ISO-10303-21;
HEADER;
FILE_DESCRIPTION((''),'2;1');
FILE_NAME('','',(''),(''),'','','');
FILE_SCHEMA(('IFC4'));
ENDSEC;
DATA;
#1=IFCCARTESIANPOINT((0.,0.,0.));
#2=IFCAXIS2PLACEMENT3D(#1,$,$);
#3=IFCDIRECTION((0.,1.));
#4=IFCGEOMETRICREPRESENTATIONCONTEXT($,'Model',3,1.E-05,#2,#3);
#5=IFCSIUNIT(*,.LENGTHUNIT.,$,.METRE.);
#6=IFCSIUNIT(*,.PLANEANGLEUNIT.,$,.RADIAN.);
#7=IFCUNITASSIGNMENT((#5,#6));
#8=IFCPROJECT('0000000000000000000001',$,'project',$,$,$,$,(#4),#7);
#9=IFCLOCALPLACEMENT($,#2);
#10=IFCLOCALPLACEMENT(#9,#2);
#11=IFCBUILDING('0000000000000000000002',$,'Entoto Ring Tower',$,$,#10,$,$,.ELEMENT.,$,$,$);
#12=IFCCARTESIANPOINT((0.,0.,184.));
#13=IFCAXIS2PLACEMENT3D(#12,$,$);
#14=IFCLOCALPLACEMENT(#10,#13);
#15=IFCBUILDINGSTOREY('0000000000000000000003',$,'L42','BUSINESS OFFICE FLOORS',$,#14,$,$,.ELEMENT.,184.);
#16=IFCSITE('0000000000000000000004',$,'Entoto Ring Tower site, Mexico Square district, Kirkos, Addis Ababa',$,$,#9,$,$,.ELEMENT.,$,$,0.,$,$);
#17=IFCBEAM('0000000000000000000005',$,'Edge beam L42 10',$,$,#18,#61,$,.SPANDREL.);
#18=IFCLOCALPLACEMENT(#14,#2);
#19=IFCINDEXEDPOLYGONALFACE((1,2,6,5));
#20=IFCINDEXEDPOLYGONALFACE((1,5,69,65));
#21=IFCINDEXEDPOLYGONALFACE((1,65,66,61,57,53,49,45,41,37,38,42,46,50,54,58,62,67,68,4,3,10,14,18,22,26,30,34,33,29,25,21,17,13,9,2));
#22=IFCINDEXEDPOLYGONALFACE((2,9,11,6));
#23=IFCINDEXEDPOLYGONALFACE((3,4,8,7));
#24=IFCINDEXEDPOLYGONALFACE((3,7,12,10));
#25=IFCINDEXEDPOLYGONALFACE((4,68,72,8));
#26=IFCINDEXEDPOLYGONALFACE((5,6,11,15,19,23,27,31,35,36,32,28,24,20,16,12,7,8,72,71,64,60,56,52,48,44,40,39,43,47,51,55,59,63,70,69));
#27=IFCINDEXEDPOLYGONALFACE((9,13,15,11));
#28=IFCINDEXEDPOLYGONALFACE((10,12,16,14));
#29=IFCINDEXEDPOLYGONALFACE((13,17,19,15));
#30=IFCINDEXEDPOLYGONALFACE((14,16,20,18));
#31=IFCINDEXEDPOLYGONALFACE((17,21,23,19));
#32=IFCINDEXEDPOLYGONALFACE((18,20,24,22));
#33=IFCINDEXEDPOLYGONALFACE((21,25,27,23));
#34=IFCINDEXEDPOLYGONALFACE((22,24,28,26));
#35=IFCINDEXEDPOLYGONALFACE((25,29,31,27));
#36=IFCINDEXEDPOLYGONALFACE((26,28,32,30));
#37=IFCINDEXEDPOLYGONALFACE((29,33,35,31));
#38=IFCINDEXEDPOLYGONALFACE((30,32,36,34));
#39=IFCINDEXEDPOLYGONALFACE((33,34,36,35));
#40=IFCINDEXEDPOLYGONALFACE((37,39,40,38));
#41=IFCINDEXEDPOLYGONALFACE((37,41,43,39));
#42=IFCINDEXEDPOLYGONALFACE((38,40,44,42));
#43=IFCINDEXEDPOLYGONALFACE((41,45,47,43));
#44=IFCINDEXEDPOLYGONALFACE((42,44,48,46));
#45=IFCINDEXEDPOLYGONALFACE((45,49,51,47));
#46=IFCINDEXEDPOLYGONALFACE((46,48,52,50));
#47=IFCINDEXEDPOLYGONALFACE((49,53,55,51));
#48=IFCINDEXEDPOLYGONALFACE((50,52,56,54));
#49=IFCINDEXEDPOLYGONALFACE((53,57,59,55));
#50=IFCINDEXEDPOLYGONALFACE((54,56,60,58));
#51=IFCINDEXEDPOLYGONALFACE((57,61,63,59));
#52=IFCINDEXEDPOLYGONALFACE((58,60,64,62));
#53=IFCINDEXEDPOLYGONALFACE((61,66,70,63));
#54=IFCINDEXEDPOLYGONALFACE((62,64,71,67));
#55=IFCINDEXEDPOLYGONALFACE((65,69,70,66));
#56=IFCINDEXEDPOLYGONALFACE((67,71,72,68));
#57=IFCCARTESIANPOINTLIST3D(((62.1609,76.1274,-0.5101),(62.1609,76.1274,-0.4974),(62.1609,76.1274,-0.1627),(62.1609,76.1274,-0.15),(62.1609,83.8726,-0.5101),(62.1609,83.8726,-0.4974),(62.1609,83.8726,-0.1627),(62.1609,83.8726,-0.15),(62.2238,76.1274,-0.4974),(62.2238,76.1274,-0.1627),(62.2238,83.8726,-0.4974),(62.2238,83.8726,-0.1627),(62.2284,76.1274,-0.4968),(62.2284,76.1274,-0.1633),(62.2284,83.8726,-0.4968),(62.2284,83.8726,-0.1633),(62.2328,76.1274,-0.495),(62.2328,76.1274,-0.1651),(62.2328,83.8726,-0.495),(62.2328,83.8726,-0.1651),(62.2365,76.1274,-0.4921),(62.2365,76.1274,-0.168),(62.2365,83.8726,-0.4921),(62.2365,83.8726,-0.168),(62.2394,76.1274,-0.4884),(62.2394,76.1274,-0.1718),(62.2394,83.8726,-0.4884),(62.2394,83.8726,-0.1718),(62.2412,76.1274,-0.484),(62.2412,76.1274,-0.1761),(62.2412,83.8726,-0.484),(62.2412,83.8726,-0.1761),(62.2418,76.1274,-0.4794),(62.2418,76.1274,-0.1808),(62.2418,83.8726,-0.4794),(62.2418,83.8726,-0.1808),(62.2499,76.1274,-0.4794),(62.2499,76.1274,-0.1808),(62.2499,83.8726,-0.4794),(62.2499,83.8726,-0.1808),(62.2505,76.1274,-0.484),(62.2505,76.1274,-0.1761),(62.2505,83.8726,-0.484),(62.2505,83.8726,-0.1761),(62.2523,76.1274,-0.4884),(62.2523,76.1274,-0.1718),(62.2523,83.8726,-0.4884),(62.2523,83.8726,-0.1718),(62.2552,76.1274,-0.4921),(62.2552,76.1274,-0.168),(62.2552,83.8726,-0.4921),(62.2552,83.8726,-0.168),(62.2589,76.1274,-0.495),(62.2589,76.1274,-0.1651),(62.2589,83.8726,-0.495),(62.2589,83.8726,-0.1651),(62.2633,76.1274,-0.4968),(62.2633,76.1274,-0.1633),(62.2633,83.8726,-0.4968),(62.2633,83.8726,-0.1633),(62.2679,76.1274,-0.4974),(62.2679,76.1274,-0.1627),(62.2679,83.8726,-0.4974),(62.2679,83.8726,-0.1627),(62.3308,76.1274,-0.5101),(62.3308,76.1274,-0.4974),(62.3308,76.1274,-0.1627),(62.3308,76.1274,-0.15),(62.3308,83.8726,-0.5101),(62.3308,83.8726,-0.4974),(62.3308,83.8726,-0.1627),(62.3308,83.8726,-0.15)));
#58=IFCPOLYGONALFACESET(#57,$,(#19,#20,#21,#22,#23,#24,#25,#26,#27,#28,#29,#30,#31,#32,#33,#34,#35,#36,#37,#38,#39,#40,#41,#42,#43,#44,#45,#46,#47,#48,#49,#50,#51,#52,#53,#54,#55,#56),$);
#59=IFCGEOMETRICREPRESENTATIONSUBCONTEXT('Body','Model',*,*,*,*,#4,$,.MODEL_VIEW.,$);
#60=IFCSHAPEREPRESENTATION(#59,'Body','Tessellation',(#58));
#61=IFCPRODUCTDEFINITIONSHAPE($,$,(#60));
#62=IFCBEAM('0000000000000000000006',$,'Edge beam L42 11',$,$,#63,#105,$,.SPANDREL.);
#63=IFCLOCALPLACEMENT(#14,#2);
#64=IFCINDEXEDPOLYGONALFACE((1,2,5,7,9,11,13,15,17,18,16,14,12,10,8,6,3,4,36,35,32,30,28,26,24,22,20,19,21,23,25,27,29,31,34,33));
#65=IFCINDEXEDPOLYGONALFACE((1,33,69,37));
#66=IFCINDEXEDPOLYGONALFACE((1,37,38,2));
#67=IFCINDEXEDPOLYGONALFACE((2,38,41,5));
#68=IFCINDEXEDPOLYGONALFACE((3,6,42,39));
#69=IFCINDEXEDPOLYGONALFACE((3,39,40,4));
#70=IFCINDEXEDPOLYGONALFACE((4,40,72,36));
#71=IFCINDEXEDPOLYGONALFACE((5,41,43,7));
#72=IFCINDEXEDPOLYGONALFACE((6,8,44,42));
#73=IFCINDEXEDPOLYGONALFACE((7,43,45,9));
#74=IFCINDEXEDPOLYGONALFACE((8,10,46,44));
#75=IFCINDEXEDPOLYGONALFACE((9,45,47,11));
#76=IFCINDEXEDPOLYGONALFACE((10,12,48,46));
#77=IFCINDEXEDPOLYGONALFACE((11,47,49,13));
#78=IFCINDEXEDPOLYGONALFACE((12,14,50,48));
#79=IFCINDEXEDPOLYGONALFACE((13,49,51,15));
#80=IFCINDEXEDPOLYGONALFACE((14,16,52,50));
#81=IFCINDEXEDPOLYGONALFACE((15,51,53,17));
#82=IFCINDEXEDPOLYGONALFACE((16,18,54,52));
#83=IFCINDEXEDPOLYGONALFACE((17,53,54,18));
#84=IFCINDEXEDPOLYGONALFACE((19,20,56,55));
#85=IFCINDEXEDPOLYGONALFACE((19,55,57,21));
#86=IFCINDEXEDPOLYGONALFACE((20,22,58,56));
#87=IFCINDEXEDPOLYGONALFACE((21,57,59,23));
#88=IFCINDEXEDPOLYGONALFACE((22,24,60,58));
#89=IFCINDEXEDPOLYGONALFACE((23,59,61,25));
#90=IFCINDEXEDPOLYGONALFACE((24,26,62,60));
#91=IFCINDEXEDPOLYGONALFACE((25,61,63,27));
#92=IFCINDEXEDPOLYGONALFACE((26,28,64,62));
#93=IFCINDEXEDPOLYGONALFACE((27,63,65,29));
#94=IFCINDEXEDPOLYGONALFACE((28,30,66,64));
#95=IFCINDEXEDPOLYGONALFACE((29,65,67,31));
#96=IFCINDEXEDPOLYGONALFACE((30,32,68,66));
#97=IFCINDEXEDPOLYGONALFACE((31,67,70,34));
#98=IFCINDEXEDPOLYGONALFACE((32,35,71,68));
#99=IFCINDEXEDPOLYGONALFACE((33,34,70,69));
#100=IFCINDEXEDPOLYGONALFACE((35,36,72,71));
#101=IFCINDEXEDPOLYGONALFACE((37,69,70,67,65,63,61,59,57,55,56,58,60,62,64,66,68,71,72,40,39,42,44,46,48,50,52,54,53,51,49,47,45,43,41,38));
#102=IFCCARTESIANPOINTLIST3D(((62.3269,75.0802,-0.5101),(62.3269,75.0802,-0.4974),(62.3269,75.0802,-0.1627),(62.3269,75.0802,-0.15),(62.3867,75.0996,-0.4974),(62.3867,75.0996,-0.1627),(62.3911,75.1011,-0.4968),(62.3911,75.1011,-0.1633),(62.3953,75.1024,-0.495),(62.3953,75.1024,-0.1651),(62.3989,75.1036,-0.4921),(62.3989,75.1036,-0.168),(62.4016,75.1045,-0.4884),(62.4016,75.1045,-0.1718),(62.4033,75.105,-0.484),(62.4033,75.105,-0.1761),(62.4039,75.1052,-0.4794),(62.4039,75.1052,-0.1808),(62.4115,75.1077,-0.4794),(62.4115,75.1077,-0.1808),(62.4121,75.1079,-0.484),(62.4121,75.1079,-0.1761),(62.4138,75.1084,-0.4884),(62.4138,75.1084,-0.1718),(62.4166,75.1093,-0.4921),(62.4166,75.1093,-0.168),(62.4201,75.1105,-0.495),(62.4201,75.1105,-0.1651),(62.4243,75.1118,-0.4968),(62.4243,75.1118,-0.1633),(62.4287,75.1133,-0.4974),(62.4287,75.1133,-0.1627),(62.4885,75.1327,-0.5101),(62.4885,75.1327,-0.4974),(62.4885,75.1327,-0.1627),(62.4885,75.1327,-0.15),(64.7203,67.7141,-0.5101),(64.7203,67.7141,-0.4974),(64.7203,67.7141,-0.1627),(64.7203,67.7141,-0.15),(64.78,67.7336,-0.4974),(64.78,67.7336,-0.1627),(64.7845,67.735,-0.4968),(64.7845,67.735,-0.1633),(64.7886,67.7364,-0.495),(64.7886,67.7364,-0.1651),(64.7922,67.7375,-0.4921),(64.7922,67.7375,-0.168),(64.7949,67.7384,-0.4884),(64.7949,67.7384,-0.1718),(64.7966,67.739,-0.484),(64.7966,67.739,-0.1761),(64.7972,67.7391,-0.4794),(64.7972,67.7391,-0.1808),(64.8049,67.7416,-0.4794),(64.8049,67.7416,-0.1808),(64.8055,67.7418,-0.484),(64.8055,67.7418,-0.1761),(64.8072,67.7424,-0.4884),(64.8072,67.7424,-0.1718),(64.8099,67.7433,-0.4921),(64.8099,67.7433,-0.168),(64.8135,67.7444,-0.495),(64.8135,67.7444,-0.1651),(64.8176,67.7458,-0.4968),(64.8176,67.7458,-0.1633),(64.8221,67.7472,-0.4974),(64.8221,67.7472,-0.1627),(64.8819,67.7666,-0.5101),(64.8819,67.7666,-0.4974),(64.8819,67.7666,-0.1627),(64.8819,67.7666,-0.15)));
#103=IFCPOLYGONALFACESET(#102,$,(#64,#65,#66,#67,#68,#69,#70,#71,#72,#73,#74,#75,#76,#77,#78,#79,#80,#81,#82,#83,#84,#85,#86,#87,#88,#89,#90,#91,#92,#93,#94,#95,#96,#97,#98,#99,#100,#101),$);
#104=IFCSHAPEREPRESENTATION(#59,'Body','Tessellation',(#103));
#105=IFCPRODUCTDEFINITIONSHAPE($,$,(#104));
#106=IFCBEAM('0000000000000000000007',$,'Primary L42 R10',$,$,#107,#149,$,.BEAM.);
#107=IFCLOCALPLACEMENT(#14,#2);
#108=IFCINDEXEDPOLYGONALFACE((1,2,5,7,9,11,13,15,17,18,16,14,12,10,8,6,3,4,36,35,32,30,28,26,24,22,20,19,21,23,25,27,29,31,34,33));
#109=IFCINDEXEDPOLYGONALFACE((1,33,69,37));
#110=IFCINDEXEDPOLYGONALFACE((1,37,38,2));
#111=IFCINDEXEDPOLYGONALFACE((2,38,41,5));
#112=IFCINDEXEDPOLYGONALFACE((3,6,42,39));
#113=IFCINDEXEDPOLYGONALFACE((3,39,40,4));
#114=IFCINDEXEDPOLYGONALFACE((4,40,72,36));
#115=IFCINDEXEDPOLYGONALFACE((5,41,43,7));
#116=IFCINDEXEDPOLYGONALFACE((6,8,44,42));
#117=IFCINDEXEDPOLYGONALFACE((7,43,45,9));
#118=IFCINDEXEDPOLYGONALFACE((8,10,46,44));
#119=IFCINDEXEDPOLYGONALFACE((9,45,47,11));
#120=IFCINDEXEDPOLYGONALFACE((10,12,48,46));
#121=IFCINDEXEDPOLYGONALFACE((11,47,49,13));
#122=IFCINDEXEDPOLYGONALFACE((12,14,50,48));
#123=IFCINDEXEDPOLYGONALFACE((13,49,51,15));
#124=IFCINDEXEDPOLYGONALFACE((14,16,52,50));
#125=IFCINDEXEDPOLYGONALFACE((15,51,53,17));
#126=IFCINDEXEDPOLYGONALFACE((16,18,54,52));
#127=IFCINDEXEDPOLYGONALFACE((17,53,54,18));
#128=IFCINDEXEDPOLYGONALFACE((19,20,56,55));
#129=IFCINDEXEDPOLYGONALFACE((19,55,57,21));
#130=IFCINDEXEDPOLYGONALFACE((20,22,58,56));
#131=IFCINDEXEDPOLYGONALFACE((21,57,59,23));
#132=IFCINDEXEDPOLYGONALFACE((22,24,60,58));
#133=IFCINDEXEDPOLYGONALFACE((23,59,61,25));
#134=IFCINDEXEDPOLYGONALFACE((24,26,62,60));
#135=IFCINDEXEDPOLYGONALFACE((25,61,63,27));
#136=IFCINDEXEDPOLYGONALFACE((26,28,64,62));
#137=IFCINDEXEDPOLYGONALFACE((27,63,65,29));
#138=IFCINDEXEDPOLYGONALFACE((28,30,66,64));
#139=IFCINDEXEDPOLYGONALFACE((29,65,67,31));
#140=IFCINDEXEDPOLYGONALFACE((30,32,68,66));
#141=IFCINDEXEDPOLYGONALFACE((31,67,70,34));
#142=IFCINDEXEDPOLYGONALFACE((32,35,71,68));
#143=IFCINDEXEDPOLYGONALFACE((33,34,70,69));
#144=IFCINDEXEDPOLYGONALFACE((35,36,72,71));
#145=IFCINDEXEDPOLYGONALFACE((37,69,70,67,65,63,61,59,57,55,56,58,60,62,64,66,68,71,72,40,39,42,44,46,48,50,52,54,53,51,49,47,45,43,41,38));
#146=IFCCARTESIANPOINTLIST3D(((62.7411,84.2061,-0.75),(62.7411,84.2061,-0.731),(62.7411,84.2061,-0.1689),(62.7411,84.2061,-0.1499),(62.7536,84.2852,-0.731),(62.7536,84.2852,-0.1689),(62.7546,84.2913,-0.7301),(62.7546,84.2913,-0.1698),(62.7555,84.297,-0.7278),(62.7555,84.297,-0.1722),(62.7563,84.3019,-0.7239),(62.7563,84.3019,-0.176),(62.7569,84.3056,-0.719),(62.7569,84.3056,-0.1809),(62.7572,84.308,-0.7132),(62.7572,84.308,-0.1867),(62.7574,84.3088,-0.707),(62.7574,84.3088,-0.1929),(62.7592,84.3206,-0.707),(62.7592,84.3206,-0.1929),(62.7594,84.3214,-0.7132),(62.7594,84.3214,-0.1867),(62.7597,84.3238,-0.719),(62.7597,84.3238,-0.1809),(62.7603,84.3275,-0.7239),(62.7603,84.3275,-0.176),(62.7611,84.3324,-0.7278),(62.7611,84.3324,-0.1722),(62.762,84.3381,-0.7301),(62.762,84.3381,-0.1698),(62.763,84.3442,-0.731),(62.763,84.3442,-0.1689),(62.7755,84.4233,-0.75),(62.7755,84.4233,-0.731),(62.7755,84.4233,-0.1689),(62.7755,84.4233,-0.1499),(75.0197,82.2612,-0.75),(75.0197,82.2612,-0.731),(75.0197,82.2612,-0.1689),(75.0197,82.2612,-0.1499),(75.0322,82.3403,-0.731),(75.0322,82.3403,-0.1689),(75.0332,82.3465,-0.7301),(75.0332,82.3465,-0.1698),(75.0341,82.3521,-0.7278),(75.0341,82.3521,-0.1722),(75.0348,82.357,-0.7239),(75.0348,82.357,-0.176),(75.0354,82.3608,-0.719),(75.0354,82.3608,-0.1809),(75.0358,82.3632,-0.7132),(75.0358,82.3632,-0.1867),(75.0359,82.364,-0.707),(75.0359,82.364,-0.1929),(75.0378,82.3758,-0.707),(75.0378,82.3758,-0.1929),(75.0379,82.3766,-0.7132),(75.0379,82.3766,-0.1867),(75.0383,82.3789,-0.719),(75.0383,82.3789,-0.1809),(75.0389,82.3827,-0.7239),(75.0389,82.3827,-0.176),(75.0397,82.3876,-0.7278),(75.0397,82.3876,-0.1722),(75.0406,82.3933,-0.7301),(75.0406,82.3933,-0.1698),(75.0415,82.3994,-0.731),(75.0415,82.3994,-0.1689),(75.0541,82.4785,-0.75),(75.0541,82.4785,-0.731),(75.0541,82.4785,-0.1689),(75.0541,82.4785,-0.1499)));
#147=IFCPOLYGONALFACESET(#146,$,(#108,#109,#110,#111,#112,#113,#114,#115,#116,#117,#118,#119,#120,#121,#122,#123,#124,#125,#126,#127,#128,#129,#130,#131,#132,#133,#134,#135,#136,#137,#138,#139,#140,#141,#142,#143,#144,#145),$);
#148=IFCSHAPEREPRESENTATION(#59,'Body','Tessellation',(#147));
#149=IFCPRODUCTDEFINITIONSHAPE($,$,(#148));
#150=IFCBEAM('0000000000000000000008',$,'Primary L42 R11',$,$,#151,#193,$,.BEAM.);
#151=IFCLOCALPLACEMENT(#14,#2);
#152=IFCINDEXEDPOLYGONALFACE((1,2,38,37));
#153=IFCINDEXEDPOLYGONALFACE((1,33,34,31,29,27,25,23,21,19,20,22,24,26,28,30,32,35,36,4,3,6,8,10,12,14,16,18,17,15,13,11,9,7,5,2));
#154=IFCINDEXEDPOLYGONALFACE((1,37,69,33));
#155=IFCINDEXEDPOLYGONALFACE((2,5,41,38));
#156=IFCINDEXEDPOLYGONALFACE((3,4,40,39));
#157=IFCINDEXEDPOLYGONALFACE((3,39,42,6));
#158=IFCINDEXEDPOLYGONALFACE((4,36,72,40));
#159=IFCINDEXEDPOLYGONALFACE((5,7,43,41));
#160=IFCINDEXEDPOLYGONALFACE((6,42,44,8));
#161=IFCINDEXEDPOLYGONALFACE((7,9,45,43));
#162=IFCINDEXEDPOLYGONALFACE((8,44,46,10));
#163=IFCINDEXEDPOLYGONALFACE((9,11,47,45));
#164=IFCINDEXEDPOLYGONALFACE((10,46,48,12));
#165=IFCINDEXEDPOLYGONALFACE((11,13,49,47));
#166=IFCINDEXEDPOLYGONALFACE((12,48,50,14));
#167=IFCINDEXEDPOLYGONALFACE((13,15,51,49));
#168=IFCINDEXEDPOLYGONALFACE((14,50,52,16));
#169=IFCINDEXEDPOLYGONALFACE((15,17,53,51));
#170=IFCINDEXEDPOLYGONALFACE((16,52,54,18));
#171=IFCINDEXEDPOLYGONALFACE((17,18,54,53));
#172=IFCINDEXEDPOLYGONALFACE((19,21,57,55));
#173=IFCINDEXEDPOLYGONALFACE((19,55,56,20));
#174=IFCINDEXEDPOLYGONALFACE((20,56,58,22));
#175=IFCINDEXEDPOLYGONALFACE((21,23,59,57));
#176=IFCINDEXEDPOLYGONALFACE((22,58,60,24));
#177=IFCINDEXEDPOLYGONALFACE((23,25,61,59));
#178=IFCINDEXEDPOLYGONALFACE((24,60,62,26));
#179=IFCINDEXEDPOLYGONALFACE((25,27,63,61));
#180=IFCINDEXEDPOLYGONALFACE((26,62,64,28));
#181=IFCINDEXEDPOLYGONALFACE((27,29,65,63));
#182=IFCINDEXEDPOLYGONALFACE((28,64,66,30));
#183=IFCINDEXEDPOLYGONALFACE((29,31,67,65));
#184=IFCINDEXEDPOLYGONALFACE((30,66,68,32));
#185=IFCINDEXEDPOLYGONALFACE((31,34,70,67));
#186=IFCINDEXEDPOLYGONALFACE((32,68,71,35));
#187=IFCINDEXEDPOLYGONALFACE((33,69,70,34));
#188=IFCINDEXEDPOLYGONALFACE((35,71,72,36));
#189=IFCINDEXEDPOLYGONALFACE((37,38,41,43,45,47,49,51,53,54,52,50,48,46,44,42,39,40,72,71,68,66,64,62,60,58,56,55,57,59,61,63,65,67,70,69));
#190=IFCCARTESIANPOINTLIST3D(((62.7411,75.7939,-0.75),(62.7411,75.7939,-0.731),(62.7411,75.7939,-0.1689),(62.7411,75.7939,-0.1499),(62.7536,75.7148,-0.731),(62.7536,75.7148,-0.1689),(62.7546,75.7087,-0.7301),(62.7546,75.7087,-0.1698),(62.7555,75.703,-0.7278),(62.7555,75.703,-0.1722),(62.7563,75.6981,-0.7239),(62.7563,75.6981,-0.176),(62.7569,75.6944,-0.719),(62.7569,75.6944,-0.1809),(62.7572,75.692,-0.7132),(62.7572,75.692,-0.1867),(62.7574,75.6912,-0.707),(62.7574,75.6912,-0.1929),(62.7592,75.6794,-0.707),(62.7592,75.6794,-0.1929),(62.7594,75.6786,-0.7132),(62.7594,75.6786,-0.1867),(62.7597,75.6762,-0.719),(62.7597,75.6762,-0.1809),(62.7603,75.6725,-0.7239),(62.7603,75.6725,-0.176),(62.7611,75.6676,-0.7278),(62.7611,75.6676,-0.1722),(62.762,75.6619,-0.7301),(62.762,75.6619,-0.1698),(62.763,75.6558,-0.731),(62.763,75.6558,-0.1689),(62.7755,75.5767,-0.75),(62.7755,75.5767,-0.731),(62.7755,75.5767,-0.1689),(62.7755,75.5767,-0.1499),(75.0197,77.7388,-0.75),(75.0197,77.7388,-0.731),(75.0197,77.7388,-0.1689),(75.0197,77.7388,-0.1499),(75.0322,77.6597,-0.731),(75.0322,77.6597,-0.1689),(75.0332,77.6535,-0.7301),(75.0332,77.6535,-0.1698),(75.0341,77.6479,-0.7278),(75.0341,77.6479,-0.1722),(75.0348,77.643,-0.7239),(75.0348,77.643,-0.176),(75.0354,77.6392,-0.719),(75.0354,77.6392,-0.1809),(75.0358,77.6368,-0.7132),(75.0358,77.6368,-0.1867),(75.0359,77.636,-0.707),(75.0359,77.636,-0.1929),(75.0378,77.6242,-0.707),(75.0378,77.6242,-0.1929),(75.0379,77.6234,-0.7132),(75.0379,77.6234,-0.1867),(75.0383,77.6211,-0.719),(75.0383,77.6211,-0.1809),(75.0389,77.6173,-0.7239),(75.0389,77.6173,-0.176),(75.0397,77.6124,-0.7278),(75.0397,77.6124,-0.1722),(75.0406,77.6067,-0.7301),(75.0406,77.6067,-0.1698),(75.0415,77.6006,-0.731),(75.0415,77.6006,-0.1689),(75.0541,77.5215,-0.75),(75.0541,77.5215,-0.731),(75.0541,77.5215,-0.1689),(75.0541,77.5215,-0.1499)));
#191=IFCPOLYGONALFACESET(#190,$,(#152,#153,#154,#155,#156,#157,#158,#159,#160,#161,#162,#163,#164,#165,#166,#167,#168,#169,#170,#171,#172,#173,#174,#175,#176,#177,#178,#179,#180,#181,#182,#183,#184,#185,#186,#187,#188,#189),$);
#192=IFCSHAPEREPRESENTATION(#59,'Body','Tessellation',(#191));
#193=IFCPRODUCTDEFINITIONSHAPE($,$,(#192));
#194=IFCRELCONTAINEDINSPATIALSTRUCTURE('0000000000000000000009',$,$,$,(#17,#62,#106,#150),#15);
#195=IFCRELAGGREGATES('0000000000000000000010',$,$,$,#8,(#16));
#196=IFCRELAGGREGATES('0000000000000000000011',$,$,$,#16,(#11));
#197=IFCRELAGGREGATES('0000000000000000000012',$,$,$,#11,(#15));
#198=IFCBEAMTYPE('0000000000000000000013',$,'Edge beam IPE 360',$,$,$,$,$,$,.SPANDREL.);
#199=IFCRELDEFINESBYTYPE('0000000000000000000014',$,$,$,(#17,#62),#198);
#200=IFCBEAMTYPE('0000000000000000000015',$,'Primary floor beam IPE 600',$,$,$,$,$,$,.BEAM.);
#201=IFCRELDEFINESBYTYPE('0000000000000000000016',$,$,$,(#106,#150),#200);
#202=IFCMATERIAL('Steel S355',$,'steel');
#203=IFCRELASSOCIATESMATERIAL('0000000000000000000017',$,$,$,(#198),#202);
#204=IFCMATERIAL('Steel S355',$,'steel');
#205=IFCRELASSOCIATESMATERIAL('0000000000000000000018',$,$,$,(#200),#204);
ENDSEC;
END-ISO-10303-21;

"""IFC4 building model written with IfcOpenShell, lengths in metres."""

from ifc_helpers import new_model, si_unit, direction, frame, origin, origin_2d, place, context, subcontext, project, spatial, i_section, extrude, material, material_profile, profile_set, type_object, element, save


model = new_model("IFC4")

# Units and contexts
model_context = context("Model", 3, precision=1e-05, world=origin(), true_north=direction((0.0, 1.0)))
body_context = subcontext(model_context, "Body", "Model", "MODEL_VIEW")
ifc_project = project(units=[si_unit("LENGTHUNIT", "METRE"), si_unit("PLANEANGLEUNIT", "RADIAN")], contexts=[model_context])

# Site, building, storey
site_placement = place(None, origin())
site = spatial("IfcSite", under=ifc_project, at=site_placement, Name="Entoto Ring Tower site, Mexico Square district, Kirkos, Addis Ababa", CompositionType="ELEMENT", RefElevation=0.0)
building_placement = place(site_placement, origin())
building = spatial("IfcBuilding", under=site, at=building_placement, Name="Entoto Ring Tower", CompositionType="ELEMENT")
storey_placement = place(building_placement, frame((0.0, 0.0, 184.0)))
storey = spatial("IfcBuildingStorey", under=building, at=storey_placement, Name="L42", Description="BUSINESS OFFICE FLOORS", CompositionType="ELEMENT", Elevation=184.0)

# Beams
ifc_material_1 = material(Name="Steel S355", Category="steel")
ifc_material_profile_1 = material_profile(ifc_material_1, i_section(OverallWidth=0.1699, OverallDepth=0.3601, WebThickness=0.0081, FlangeThickness=0.0127, FilletRadius=0.0181, at=origin_2d()), Name="IPE 360")
ifc_profile_set_1 = profile_set([ifc_material_profile_1], Name="Steel S355")
beam_type_1 = type_object("IfcBeamType", Name="Edge beam IPE 360", PredefinedType="SPANDREL", material=ifc_profile_set_1)
for number, where, z_axis, x_axis, name in (
    (1, (62.2458, 83.8726, -0.3301), (0.0, -1.0, 0.0), (1.0, 0.0, 0.0), "Edge beam L42 10"),
    (2, (62.4077, 75.1064, -0.3301), (0.309013, -0.951058, 0.0), (0.951058, 0.309013, 0.0), "Edge beam L42 11"),
):
    element("IfcBeam", number, at=place(storey_placement, frame(where, z_axis=z_axis, x_axis=x_axis)), inside=storey, type_object=beam_type_1, Name=name, PredefinedType="SPANDREL", context=body_context, shape_type="SweptSolid", body=[
        extrude(i_section(OverallWidth=0.1699, OverallDepth=0.3601, WebThickness=0.0081, FlangeThickness=0.0127, FilletRadius=0.0181, at=origin_2d()), origin(), (0.0, 0.0, 1.0), 7.7451),
    ])
ifc_material_2 = material(Name="Steel S355", Category="steel")
ifc_material_profile_2 = material_profile(ifc_material_2, i_section(OverallWidth=0.22, OverallDepth=0.6001, WebThickness=0.012, FlangeThickness=0.019, FilletRadius=0.0239, at=origin_2d()), Name="IPE 600")
ifc_profile_set_2 = profile_set([ifc_material_profile_2], Name="Steel S355")
beam_type_2 = type_object("IfcBeamType", Name="Primary floor beam IPE 600", PredefinedType="BEAM", material=ifc_profile_set_2)
for number, where, z_axis, x_axis, name in (
    (3, (75.0369, 82.3699, -0.45), (-0.987687, 0.156442, 0.0), (-0.156442, -0.987687, 0.0), "Primary L42 R10"),
    (4, (75.0369, 77.6301, -0.45), (-0.987687, -0.156442, 0.0), (0.156442, -0.987687, 0.0), "Primary L42 R11"),
):
    element("IfcBeam", number, at=place(storey_placement, frame(where, z_axis=z_axis, x_axis=x_axis)), inside=storey, type_object=beam_type_2, Name=name, PredefinedType="BEAM", context=body_context, shape_type="SweptSolid", body=[
        extrude(i_section(OverallWidth=0.22, OverallDepth=0.6001, WebThickness=0.012, FlangeThickness=0.019, FilletRadius=0.0239, at=origin_2d()), origin(), (0.0, 0.0, 1.0), 12.4316),
    ])

save(model, "model.ifc")
